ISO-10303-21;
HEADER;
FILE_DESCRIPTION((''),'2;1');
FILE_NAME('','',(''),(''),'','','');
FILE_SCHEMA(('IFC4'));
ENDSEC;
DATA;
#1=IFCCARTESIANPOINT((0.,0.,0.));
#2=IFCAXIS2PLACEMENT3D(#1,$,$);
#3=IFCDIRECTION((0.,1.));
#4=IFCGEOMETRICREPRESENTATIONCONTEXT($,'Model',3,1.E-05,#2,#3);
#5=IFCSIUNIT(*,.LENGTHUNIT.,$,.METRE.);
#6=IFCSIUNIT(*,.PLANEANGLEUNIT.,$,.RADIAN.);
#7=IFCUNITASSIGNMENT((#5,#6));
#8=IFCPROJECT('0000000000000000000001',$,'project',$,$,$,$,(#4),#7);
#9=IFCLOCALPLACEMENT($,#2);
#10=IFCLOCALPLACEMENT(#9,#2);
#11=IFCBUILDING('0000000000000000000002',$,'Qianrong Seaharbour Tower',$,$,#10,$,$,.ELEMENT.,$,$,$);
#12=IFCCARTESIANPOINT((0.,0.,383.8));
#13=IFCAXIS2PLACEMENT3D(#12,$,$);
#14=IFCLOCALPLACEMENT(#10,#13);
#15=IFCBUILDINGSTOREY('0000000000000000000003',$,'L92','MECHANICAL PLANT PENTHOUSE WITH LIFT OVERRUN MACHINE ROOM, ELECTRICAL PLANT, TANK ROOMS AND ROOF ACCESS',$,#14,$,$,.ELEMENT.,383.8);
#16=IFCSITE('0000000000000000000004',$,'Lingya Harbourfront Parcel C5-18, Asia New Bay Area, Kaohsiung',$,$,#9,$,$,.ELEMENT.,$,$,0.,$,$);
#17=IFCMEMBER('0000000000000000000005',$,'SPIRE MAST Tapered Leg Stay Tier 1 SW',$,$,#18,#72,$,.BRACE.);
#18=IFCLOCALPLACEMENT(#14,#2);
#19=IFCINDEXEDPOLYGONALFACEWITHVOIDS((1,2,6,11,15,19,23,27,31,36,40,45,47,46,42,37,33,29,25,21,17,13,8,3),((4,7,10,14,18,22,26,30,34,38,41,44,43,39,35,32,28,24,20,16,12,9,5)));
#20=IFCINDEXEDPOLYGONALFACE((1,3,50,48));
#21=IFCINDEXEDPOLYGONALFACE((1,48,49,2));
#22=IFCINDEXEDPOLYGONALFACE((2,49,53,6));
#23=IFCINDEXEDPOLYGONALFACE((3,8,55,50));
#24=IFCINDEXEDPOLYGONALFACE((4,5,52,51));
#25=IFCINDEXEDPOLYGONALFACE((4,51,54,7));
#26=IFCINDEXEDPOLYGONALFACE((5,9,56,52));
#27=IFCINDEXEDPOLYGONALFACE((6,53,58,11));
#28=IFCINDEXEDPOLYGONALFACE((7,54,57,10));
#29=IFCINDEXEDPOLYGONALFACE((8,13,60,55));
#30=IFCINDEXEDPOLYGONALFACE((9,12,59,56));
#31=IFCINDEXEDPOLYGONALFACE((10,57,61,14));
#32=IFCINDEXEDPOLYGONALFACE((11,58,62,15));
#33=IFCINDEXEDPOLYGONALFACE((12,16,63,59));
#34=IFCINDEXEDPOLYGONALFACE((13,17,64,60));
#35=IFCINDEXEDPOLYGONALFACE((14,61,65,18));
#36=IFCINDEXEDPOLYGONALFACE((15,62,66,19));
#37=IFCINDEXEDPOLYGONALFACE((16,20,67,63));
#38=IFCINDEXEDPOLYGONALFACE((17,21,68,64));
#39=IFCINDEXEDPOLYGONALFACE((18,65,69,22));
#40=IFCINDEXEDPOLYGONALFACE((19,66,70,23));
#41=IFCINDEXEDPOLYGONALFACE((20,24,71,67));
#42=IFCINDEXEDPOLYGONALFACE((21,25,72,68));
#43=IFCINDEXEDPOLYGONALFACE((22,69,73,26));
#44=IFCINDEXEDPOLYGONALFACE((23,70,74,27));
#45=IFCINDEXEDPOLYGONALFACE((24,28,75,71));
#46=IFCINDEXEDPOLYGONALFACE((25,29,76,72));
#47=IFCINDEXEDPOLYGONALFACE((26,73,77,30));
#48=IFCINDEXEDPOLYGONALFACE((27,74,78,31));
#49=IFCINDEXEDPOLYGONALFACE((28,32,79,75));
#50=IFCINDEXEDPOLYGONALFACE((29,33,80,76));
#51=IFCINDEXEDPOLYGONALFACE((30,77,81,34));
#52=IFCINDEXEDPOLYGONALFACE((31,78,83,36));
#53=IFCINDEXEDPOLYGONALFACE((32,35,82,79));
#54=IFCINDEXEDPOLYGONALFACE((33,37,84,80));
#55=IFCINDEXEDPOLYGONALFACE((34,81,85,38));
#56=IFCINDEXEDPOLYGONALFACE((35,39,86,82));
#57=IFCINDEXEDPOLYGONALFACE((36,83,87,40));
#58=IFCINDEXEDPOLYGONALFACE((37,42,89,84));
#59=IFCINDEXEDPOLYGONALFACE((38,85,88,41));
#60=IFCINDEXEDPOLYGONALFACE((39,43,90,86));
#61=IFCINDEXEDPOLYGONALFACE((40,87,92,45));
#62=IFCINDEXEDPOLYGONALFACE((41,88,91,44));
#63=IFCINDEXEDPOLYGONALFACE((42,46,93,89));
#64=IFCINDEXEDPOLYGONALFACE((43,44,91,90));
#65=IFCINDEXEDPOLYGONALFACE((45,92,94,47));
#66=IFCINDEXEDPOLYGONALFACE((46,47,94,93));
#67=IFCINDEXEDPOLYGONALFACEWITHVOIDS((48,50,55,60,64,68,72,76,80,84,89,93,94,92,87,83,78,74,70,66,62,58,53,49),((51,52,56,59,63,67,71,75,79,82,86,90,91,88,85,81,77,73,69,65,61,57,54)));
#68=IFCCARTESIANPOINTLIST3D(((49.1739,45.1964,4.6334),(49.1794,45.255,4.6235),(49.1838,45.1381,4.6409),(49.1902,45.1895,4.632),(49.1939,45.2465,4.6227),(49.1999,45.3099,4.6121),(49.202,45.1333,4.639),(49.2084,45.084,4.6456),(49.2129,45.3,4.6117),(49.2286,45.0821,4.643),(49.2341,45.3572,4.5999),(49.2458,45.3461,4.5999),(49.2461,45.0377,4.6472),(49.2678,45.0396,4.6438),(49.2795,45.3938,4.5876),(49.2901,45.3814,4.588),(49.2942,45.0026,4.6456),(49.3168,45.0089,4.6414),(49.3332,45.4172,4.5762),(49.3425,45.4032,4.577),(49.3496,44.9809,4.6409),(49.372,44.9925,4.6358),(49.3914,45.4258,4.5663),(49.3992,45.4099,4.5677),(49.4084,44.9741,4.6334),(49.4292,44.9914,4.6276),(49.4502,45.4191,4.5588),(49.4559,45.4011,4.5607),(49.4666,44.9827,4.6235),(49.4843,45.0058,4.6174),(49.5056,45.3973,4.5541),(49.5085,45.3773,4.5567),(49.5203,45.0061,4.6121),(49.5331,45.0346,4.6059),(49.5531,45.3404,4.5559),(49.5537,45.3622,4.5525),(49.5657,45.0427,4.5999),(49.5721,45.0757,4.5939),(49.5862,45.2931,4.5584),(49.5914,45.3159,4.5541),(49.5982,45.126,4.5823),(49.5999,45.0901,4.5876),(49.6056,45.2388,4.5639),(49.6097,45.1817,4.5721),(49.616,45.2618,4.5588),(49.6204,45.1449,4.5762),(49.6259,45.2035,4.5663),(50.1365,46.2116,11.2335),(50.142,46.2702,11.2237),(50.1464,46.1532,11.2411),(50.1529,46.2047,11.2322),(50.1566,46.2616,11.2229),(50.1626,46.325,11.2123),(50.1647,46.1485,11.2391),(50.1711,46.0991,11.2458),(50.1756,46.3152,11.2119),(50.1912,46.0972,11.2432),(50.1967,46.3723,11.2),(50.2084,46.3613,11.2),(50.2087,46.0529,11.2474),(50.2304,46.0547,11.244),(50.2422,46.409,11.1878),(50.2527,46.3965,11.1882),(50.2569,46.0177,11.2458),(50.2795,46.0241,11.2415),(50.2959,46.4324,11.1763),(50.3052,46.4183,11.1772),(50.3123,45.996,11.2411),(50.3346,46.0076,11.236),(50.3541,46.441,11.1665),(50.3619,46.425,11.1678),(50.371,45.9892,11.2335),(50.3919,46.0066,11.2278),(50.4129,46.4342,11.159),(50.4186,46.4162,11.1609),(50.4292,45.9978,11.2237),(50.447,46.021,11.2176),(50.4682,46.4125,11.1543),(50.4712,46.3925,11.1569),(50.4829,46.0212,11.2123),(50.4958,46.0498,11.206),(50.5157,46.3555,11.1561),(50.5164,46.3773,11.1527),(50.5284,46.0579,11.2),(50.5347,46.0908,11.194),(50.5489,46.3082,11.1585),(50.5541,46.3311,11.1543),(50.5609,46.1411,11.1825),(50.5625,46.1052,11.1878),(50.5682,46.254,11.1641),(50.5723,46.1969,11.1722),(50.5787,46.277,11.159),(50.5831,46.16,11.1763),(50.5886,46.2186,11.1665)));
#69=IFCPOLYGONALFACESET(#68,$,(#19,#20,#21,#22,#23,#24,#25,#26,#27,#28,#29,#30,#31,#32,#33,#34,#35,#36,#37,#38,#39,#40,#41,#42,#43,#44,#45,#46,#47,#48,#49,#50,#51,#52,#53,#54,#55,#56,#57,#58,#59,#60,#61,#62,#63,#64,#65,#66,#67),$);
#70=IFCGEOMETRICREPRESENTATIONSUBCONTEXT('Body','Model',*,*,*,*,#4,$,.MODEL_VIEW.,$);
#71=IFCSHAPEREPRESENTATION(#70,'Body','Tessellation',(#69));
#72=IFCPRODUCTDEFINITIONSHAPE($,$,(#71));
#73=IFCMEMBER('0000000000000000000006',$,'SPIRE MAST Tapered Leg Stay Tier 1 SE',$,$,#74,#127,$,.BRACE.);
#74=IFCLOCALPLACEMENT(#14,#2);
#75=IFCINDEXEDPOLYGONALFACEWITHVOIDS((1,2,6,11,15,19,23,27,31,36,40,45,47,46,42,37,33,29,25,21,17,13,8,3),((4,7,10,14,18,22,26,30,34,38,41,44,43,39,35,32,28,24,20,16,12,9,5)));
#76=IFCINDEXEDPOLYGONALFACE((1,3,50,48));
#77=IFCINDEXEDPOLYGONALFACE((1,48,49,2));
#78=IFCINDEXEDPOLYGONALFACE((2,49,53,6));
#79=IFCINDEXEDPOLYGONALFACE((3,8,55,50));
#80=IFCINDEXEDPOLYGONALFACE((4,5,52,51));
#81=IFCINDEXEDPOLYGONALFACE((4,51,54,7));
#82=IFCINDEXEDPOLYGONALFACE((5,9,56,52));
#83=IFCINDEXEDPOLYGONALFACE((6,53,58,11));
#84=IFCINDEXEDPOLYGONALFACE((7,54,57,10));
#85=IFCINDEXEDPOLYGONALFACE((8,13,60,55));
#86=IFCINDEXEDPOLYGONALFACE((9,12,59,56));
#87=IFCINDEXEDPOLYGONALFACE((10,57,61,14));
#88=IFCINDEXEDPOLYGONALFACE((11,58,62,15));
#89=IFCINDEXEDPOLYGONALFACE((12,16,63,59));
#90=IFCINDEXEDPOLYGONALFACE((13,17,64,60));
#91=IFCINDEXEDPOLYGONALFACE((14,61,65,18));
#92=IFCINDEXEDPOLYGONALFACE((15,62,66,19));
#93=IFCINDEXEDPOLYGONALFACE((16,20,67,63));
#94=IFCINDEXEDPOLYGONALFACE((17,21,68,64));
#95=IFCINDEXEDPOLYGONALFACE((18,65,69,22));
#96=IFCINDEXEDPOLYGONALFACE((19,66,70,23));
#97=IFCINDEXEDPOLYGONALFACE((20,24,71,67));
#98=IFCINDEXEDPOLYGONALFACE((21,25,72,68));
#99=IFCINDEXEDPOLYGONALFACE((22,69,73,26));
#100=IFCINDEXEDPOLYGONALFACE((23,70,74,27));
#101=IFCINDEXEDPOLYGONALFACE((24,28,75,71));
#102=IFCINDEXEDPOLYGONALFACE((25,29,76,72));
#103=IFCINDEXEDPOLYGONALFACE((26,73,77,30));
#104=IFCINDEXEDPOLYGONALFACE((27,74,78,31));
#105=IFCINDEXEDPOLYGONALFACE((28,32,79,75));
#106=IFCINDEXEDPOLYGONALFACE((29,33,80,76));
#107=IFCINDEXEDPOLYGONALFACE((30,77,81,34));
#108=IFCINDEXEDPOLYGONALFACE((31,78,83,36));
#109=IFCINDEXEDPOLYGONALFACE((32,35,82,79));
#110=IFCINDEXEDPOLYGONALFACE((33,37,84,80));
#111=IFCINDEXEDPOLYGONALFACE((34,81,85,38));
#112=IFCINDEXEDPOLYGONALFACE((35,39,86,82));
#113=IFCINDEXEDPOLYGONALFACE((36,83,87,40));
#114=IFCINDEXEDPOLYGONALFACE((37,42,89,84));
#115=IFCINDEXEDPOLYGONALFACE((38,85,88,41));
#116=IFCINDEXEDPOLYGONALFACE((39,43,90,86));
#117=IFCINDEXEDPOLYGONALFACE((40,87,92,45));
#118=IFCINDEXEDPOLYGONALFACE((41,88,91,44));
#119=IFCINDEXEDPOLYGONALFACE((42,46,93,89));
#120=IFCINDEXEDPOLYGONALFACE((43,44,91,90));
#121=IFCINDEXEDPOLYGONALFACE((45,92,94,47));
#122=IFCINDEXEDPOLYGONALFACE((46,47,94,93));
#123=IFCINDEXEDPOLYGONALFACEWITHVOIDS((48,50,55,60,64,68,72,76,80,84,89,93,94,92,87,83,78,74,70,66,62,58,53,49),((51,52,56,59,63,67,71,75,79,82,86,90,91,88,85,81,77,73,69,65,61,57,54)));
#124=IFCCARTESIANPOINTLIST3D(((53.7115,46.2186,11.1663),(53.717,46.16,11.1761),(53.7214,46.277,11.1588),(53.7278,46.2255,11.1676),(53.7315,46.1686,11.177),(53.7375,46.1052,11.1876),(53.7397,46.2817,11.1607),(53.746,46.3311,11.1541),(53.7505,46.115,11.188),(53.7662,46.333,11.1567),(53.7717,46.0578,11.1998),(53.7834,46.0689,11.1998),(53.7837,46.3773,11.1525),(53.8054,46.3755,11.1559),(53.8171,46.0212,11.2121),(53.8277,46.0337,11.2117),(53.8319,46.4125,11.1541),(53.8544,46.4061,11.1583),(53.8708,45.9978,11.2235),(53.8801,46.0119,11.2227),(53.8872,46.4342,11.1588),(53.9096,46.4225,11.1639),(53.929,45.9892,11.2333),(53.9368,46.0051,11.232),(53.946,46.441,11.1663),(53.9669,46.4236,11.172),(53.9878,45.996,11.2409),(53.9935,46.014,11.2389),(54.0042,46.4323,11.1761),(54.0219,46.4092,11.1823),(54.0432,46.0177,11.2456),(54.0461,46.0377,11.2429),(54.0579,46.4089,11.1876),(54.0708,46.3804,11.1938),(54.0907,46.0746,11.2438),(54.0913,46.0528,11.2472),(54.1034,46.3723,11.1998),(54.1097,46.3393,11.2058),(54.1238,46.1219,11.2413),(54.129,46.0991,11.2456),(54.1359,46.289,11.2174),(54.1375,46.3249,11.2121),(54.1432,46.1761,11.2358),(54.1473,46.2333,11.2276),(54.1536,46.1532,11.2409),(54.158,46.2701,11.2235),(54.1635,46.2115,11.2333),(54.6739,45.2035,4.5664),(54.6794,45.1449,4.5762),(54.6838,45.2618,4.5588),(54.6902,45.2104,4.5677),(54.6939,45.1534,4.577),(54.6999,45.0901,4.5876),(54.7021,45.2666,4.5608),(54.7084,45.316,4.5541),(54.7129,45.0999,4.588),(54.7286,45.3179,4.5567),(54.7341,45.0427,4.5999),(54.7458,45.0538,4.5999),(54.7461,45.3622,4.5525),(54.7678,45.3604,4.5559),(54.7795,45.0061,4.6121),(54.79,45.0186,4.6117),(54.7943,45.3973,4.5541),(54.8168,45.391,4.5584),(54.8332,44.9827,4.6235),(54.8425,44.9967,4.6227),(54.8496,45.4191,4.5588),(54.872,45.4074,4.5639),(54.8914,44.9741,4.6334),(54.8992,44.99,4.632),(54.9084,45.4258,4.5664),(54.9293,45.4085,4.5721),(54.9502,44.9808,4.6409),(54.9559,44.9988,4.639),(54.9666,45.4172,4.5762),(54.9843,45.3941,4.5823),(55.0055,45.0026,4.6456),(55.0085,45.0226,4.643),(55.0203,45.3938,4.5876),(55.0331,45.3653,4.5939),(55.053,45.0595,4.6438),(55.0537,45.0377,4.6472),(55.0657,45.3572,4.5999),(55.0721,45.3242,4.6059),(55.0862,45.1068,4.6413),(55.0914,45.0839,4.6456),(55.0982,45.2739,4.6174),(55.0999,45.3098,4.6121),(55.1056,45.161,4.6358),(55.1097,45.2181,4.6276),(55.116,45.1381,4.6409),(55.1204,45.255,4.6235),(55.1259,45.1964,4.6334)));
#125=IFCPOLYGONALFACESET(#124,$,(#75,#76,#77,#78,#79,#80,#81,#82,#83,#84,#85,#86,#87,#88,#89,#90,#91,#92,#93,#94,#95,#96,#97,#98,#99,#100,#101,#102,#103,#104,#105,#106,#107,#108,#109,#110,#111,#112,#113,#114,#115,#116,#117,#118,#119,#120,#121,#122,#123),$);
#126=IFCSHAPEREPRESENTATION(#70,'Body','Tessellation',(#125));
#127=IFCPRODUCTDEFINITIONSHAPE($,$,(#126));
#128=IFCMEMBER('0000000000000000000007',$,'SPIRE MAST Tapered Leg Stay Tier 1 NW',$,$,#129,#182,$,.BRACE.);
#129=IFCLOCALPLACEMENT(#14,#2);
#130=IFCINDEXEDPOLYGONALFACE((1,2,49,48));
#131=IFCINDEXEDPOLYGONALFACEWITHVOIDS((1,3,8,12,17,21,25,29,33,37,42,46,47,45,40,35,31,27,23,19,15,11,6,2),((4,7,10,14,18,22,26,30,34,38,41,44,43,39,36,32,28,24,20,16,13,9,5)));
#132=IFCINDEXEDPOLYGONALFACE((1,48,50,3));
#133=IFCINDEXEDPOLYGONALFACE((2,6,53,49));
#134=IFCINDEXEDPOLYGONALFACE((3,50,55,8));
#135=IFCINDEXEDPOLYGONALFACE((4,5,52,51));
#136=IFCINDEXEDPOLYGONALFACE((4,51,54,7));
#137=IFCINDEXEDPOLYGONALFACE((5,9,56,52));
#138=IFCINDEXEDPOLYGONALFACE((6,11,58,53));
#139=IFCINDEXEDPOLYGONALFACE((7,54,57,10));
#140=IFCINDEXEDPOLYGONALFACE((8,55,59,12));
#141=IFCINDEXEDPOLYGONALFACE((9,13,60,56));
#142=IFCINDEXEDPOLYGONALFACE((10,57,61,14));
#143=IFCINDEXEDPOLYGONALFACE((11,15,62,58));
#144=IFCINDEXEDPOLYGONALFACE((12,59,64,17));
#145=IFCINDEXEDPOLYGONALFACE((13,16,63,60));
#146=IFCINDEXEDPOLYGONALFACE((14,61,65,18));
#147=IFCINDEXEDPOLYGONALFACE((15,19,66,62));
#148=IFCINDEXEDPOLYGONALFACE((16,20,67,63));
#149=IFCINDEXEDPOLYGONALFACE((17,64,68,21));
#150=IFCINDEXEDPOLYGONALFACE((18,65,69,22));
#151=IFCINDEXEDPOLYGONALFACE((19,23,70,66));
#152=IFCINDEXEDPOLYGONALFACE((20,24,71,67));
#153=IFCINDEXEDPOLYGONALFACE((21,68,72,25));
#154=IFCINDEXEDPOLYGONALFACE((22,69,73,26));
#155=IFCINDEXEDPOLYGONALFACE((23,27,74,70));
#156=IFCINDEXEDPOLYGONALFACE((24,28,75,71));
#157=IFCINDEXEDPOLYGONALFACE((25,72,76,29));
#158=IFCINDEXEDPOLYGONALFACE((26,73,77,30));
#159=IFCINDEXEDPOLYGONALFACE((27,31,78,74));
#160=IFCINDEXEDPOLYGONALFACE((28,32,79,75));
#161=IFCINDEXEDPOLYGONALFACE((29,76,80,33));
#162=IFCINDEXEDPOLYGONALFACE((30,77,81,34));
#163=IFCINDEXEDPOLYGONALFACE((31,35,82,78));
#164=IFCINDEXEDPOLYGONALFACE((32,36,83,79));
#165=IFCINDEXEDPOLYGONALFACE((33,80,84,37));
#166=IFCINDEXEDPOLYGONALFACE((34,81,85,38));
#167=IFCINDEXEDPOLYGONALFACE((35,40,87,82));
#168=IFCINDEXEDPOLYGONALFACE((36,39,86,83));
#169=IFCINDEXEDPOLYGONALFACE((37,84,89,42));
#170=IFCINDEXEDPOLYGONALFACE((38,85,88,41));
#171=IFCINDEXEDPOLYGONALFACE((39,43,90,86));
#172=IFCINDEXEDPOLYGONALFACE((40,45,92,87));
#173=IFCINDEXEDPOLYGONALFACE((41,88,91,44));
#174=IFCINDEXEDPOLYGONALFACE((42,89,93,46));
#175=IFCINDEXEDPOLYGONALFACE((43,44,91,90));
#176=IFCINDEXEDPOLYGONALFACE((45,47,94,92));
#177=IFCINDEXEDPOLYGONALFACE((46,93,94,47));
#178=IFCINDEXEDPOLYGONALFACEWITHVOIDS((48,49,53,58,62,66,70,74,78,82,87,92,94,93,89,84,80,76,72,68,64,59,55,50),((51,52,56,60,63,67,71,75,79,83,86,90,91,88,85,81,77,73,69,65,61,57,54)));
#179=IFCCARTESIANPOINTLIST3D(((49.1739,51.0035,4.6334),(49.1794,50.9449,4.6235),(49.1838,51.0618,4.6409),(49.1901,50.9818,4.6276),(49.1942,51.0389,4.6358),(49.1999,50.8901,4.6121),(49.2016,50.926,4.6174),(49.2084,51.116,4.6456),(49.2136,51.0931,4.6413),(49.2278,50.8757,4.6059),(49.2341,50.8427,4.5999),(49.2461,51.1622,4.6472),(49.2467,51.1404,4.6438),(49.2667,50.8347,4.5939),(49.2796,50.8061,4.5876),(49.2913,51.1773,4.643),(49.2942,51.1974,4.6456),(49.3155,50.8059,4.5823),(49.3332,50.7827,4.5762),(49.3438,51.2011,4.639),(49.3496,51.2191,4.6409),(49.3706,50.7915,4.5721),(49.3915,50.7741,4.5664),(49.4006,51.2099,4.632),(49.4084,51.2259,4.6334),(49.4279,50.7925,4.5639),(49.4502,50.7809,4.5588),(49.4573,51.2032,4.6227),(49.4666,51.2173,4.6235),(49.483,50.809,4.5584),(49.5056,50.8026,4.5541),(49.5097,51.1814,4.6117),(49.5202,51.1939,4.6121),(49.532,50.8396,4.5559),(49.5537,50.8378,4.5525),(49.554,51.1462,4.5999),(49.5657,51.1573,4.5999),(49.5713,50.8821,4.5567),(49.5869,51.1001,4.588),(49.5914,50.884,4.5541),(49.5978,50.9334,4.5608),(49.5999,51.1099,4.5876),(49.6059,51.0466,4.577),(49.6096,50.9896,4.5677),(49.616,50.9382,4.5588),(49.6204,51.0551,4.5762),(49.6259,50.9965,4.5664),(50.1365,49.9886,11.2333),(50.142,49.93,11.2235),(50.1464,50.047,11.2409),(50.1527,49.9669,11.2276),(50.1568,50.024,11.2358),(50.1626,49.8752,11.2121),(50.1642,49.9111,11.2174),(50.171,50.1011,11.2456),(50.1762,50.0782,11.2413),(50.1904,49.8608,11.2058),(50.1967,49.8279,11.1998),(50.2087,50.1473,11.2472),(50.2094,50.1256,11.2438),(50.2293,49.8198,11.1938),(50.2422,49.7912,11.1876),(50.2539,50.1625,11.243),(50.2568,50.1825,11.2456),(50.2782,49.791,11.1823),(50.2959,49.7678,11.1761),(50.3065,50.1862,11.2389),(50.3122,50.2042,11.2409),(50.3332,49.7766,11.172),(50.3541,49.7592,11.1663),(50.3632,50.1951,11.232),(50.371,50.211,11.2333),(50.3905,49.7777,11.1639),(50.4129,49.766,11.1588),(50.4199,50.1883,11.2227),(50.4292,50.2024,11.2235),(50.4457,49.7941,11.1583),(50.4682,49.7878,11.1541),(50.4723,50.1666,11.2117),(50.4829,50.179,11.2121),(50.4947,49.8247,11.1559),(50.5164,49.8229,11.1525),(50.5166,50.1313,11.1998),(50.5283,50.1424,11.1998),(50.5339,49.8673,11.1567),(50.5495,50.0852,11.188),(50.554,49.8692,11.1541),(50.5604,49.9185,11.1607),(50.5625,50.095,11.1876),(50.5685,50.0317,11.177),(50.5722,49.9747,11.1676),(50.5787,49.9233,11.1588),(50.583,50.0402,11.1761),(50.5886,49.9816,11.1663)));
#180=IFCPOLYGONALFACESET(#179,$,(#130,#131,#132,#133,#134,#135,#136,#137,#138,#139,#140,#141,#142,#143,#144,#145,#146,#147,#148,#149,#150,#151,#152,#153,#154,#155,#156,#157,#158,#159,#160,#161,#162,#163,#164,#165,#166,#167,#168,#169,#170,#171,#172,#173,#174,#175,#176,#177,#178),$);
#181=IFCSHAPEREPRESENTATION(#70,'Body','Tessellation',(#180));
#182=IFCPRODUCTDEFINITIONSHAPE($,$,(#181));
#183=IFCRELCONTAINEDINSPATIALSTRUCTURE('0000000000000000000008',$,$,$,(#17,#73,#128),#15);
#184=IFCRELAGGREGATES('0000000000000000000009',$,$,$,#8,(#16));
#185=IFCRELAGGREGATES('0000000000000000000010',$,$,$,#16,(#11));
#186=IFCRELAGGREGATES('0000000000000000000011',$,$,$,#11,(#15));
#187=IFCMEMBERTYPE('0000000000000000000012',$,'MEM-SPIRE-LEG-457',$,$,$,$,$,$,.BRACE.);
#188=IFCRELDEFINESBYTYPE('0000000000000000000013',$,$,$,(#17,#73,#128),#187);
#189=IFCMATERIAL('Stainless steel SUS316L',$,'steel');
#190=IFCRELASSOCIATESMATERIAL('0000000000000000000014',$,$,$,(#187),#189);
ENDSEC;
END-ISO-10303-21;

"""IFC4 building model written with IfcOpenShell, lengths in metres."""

from ifc_helpers import new_model, si_unit, direction, frame, origin, origin_2d, place, context, subcontext, project, spatial, hollow_circle, extrude, material, material_profile, profile_set, type_object, element, save


model = new_model("IFC4")

# Units and contexts
model_context = context("Model", 3, precision=1e-05, world=origin(), true_north=direction((0.0, 1.0)))
body_context = subcontext(model_context, "Body", "Model", "MODEL_VIEW")
ifc_project = project(units=[si_unit("LENGTHUNIT", "METRE"), si_unit("PLANEANGLEUNIT", "RADIAN")], contexts=[model_context])

# Site, building, storey
site_placement = place(None, origin())
site = spatial("IfcSite", under=ifc_project, at=site_placement, Name="Lingya Harbourfront Parcel C5-18, Asia New Bay Area, Kaohsiung", CompositionType="ELEMENT", RefElevation=0.0)
building_placement = place(site_placement, origin())
building = spatial("IfcBuilding", under=site, at=building_placement, Name="Qianrong Seaharbour Tower", CompositionType="ELEMENT")
storey_placement = place(building_placement, frame((0.0, 0.0, 383.8)))
storey = spatial("IfcBuildingStorey", under=building, at=storey_placement, Name="L92", Description="MECHANICAL PLANT PENTHOUSE WITH LIFT OVERRUN MACHINE ROOM, ELECTRICAL PLANT, TANK ROOMS AND ROOF ACCESS", CompositionType="ELEMENT", Elevation=383.8)

# Shared definitions
ifc_material_1 = material(Name="Stainless steel SUS316L", Category="steel")

# Members
ifc_material_profile_1 = material_profile(ifc_material_1, hollow_circle(Radius=0.2285, WallThickness=0.0161, at=origin_2d()), Name="CHS457.2x16")
ifc_profile_set_1 = profile_set([ifc_material_profile_1], Name="Stainless steel SUS316L")
member_type_1 = type_object("IfcMemberType", Name="MEM-SPIRE-LEG-457", PredefinedType="BRACE", material=ifc_profile_set_1)
member_1_placement = place(storey_placement, frame((49.3999, 45.2, 4.5999), z_axis=(0.142683, 0.150463, 0.978265), x_axis=(-0.725618, 0.688098, 0.0)))
element("IfcMember", 1, at=member_1_placement, inside=storey, type_object=member_type_1, Name="SPIRE MAST Tapered Leg Stay Tier 1 SW", PredefinedType="BRACE", context=body_context, shape_type="SweptSolid", body=[
    extrude(hollow_circle(Radius=0.2285, WallThickness=0.0161, at=origin_2d()), origin(), (0.0, 0.0, 1.0), 6.7468),
])
for number, where, z_axis, x_axis, name in (
    (2, (54.8999, 45.2, 4.5999), (-0.142648, 0.150464, 0.97827), (-0.725705, -0.688006, 0.0), "SPIRE MAST Tapered Leg Stay Tier 1 SE"),
    (3, (49.3999, 51.0, 4.5999), (0.142684, -0.150428, 0.97827), (0.725535, 0.688185, 0.0), "SPIRE MAST Tapered Leg Stay Tier 1 NW"),
):
    element("IfcMember", number, at=place(storey_placement, frame(where, z_axis=z_axis, x_axis=x_axis)), inside=storey, type_object=member_type_1, Name=name, PredefinedType="BRACE", context=body_context, shape_type="SweptSolid", body=[
        extrude(hollow_circle(Radius=0.2285, WallThickness=0.0161, at=origin_2d()), origin(), (0.0, 0.0, 1.0), 6.7466),
    ])

save(model, "model.ifc")
